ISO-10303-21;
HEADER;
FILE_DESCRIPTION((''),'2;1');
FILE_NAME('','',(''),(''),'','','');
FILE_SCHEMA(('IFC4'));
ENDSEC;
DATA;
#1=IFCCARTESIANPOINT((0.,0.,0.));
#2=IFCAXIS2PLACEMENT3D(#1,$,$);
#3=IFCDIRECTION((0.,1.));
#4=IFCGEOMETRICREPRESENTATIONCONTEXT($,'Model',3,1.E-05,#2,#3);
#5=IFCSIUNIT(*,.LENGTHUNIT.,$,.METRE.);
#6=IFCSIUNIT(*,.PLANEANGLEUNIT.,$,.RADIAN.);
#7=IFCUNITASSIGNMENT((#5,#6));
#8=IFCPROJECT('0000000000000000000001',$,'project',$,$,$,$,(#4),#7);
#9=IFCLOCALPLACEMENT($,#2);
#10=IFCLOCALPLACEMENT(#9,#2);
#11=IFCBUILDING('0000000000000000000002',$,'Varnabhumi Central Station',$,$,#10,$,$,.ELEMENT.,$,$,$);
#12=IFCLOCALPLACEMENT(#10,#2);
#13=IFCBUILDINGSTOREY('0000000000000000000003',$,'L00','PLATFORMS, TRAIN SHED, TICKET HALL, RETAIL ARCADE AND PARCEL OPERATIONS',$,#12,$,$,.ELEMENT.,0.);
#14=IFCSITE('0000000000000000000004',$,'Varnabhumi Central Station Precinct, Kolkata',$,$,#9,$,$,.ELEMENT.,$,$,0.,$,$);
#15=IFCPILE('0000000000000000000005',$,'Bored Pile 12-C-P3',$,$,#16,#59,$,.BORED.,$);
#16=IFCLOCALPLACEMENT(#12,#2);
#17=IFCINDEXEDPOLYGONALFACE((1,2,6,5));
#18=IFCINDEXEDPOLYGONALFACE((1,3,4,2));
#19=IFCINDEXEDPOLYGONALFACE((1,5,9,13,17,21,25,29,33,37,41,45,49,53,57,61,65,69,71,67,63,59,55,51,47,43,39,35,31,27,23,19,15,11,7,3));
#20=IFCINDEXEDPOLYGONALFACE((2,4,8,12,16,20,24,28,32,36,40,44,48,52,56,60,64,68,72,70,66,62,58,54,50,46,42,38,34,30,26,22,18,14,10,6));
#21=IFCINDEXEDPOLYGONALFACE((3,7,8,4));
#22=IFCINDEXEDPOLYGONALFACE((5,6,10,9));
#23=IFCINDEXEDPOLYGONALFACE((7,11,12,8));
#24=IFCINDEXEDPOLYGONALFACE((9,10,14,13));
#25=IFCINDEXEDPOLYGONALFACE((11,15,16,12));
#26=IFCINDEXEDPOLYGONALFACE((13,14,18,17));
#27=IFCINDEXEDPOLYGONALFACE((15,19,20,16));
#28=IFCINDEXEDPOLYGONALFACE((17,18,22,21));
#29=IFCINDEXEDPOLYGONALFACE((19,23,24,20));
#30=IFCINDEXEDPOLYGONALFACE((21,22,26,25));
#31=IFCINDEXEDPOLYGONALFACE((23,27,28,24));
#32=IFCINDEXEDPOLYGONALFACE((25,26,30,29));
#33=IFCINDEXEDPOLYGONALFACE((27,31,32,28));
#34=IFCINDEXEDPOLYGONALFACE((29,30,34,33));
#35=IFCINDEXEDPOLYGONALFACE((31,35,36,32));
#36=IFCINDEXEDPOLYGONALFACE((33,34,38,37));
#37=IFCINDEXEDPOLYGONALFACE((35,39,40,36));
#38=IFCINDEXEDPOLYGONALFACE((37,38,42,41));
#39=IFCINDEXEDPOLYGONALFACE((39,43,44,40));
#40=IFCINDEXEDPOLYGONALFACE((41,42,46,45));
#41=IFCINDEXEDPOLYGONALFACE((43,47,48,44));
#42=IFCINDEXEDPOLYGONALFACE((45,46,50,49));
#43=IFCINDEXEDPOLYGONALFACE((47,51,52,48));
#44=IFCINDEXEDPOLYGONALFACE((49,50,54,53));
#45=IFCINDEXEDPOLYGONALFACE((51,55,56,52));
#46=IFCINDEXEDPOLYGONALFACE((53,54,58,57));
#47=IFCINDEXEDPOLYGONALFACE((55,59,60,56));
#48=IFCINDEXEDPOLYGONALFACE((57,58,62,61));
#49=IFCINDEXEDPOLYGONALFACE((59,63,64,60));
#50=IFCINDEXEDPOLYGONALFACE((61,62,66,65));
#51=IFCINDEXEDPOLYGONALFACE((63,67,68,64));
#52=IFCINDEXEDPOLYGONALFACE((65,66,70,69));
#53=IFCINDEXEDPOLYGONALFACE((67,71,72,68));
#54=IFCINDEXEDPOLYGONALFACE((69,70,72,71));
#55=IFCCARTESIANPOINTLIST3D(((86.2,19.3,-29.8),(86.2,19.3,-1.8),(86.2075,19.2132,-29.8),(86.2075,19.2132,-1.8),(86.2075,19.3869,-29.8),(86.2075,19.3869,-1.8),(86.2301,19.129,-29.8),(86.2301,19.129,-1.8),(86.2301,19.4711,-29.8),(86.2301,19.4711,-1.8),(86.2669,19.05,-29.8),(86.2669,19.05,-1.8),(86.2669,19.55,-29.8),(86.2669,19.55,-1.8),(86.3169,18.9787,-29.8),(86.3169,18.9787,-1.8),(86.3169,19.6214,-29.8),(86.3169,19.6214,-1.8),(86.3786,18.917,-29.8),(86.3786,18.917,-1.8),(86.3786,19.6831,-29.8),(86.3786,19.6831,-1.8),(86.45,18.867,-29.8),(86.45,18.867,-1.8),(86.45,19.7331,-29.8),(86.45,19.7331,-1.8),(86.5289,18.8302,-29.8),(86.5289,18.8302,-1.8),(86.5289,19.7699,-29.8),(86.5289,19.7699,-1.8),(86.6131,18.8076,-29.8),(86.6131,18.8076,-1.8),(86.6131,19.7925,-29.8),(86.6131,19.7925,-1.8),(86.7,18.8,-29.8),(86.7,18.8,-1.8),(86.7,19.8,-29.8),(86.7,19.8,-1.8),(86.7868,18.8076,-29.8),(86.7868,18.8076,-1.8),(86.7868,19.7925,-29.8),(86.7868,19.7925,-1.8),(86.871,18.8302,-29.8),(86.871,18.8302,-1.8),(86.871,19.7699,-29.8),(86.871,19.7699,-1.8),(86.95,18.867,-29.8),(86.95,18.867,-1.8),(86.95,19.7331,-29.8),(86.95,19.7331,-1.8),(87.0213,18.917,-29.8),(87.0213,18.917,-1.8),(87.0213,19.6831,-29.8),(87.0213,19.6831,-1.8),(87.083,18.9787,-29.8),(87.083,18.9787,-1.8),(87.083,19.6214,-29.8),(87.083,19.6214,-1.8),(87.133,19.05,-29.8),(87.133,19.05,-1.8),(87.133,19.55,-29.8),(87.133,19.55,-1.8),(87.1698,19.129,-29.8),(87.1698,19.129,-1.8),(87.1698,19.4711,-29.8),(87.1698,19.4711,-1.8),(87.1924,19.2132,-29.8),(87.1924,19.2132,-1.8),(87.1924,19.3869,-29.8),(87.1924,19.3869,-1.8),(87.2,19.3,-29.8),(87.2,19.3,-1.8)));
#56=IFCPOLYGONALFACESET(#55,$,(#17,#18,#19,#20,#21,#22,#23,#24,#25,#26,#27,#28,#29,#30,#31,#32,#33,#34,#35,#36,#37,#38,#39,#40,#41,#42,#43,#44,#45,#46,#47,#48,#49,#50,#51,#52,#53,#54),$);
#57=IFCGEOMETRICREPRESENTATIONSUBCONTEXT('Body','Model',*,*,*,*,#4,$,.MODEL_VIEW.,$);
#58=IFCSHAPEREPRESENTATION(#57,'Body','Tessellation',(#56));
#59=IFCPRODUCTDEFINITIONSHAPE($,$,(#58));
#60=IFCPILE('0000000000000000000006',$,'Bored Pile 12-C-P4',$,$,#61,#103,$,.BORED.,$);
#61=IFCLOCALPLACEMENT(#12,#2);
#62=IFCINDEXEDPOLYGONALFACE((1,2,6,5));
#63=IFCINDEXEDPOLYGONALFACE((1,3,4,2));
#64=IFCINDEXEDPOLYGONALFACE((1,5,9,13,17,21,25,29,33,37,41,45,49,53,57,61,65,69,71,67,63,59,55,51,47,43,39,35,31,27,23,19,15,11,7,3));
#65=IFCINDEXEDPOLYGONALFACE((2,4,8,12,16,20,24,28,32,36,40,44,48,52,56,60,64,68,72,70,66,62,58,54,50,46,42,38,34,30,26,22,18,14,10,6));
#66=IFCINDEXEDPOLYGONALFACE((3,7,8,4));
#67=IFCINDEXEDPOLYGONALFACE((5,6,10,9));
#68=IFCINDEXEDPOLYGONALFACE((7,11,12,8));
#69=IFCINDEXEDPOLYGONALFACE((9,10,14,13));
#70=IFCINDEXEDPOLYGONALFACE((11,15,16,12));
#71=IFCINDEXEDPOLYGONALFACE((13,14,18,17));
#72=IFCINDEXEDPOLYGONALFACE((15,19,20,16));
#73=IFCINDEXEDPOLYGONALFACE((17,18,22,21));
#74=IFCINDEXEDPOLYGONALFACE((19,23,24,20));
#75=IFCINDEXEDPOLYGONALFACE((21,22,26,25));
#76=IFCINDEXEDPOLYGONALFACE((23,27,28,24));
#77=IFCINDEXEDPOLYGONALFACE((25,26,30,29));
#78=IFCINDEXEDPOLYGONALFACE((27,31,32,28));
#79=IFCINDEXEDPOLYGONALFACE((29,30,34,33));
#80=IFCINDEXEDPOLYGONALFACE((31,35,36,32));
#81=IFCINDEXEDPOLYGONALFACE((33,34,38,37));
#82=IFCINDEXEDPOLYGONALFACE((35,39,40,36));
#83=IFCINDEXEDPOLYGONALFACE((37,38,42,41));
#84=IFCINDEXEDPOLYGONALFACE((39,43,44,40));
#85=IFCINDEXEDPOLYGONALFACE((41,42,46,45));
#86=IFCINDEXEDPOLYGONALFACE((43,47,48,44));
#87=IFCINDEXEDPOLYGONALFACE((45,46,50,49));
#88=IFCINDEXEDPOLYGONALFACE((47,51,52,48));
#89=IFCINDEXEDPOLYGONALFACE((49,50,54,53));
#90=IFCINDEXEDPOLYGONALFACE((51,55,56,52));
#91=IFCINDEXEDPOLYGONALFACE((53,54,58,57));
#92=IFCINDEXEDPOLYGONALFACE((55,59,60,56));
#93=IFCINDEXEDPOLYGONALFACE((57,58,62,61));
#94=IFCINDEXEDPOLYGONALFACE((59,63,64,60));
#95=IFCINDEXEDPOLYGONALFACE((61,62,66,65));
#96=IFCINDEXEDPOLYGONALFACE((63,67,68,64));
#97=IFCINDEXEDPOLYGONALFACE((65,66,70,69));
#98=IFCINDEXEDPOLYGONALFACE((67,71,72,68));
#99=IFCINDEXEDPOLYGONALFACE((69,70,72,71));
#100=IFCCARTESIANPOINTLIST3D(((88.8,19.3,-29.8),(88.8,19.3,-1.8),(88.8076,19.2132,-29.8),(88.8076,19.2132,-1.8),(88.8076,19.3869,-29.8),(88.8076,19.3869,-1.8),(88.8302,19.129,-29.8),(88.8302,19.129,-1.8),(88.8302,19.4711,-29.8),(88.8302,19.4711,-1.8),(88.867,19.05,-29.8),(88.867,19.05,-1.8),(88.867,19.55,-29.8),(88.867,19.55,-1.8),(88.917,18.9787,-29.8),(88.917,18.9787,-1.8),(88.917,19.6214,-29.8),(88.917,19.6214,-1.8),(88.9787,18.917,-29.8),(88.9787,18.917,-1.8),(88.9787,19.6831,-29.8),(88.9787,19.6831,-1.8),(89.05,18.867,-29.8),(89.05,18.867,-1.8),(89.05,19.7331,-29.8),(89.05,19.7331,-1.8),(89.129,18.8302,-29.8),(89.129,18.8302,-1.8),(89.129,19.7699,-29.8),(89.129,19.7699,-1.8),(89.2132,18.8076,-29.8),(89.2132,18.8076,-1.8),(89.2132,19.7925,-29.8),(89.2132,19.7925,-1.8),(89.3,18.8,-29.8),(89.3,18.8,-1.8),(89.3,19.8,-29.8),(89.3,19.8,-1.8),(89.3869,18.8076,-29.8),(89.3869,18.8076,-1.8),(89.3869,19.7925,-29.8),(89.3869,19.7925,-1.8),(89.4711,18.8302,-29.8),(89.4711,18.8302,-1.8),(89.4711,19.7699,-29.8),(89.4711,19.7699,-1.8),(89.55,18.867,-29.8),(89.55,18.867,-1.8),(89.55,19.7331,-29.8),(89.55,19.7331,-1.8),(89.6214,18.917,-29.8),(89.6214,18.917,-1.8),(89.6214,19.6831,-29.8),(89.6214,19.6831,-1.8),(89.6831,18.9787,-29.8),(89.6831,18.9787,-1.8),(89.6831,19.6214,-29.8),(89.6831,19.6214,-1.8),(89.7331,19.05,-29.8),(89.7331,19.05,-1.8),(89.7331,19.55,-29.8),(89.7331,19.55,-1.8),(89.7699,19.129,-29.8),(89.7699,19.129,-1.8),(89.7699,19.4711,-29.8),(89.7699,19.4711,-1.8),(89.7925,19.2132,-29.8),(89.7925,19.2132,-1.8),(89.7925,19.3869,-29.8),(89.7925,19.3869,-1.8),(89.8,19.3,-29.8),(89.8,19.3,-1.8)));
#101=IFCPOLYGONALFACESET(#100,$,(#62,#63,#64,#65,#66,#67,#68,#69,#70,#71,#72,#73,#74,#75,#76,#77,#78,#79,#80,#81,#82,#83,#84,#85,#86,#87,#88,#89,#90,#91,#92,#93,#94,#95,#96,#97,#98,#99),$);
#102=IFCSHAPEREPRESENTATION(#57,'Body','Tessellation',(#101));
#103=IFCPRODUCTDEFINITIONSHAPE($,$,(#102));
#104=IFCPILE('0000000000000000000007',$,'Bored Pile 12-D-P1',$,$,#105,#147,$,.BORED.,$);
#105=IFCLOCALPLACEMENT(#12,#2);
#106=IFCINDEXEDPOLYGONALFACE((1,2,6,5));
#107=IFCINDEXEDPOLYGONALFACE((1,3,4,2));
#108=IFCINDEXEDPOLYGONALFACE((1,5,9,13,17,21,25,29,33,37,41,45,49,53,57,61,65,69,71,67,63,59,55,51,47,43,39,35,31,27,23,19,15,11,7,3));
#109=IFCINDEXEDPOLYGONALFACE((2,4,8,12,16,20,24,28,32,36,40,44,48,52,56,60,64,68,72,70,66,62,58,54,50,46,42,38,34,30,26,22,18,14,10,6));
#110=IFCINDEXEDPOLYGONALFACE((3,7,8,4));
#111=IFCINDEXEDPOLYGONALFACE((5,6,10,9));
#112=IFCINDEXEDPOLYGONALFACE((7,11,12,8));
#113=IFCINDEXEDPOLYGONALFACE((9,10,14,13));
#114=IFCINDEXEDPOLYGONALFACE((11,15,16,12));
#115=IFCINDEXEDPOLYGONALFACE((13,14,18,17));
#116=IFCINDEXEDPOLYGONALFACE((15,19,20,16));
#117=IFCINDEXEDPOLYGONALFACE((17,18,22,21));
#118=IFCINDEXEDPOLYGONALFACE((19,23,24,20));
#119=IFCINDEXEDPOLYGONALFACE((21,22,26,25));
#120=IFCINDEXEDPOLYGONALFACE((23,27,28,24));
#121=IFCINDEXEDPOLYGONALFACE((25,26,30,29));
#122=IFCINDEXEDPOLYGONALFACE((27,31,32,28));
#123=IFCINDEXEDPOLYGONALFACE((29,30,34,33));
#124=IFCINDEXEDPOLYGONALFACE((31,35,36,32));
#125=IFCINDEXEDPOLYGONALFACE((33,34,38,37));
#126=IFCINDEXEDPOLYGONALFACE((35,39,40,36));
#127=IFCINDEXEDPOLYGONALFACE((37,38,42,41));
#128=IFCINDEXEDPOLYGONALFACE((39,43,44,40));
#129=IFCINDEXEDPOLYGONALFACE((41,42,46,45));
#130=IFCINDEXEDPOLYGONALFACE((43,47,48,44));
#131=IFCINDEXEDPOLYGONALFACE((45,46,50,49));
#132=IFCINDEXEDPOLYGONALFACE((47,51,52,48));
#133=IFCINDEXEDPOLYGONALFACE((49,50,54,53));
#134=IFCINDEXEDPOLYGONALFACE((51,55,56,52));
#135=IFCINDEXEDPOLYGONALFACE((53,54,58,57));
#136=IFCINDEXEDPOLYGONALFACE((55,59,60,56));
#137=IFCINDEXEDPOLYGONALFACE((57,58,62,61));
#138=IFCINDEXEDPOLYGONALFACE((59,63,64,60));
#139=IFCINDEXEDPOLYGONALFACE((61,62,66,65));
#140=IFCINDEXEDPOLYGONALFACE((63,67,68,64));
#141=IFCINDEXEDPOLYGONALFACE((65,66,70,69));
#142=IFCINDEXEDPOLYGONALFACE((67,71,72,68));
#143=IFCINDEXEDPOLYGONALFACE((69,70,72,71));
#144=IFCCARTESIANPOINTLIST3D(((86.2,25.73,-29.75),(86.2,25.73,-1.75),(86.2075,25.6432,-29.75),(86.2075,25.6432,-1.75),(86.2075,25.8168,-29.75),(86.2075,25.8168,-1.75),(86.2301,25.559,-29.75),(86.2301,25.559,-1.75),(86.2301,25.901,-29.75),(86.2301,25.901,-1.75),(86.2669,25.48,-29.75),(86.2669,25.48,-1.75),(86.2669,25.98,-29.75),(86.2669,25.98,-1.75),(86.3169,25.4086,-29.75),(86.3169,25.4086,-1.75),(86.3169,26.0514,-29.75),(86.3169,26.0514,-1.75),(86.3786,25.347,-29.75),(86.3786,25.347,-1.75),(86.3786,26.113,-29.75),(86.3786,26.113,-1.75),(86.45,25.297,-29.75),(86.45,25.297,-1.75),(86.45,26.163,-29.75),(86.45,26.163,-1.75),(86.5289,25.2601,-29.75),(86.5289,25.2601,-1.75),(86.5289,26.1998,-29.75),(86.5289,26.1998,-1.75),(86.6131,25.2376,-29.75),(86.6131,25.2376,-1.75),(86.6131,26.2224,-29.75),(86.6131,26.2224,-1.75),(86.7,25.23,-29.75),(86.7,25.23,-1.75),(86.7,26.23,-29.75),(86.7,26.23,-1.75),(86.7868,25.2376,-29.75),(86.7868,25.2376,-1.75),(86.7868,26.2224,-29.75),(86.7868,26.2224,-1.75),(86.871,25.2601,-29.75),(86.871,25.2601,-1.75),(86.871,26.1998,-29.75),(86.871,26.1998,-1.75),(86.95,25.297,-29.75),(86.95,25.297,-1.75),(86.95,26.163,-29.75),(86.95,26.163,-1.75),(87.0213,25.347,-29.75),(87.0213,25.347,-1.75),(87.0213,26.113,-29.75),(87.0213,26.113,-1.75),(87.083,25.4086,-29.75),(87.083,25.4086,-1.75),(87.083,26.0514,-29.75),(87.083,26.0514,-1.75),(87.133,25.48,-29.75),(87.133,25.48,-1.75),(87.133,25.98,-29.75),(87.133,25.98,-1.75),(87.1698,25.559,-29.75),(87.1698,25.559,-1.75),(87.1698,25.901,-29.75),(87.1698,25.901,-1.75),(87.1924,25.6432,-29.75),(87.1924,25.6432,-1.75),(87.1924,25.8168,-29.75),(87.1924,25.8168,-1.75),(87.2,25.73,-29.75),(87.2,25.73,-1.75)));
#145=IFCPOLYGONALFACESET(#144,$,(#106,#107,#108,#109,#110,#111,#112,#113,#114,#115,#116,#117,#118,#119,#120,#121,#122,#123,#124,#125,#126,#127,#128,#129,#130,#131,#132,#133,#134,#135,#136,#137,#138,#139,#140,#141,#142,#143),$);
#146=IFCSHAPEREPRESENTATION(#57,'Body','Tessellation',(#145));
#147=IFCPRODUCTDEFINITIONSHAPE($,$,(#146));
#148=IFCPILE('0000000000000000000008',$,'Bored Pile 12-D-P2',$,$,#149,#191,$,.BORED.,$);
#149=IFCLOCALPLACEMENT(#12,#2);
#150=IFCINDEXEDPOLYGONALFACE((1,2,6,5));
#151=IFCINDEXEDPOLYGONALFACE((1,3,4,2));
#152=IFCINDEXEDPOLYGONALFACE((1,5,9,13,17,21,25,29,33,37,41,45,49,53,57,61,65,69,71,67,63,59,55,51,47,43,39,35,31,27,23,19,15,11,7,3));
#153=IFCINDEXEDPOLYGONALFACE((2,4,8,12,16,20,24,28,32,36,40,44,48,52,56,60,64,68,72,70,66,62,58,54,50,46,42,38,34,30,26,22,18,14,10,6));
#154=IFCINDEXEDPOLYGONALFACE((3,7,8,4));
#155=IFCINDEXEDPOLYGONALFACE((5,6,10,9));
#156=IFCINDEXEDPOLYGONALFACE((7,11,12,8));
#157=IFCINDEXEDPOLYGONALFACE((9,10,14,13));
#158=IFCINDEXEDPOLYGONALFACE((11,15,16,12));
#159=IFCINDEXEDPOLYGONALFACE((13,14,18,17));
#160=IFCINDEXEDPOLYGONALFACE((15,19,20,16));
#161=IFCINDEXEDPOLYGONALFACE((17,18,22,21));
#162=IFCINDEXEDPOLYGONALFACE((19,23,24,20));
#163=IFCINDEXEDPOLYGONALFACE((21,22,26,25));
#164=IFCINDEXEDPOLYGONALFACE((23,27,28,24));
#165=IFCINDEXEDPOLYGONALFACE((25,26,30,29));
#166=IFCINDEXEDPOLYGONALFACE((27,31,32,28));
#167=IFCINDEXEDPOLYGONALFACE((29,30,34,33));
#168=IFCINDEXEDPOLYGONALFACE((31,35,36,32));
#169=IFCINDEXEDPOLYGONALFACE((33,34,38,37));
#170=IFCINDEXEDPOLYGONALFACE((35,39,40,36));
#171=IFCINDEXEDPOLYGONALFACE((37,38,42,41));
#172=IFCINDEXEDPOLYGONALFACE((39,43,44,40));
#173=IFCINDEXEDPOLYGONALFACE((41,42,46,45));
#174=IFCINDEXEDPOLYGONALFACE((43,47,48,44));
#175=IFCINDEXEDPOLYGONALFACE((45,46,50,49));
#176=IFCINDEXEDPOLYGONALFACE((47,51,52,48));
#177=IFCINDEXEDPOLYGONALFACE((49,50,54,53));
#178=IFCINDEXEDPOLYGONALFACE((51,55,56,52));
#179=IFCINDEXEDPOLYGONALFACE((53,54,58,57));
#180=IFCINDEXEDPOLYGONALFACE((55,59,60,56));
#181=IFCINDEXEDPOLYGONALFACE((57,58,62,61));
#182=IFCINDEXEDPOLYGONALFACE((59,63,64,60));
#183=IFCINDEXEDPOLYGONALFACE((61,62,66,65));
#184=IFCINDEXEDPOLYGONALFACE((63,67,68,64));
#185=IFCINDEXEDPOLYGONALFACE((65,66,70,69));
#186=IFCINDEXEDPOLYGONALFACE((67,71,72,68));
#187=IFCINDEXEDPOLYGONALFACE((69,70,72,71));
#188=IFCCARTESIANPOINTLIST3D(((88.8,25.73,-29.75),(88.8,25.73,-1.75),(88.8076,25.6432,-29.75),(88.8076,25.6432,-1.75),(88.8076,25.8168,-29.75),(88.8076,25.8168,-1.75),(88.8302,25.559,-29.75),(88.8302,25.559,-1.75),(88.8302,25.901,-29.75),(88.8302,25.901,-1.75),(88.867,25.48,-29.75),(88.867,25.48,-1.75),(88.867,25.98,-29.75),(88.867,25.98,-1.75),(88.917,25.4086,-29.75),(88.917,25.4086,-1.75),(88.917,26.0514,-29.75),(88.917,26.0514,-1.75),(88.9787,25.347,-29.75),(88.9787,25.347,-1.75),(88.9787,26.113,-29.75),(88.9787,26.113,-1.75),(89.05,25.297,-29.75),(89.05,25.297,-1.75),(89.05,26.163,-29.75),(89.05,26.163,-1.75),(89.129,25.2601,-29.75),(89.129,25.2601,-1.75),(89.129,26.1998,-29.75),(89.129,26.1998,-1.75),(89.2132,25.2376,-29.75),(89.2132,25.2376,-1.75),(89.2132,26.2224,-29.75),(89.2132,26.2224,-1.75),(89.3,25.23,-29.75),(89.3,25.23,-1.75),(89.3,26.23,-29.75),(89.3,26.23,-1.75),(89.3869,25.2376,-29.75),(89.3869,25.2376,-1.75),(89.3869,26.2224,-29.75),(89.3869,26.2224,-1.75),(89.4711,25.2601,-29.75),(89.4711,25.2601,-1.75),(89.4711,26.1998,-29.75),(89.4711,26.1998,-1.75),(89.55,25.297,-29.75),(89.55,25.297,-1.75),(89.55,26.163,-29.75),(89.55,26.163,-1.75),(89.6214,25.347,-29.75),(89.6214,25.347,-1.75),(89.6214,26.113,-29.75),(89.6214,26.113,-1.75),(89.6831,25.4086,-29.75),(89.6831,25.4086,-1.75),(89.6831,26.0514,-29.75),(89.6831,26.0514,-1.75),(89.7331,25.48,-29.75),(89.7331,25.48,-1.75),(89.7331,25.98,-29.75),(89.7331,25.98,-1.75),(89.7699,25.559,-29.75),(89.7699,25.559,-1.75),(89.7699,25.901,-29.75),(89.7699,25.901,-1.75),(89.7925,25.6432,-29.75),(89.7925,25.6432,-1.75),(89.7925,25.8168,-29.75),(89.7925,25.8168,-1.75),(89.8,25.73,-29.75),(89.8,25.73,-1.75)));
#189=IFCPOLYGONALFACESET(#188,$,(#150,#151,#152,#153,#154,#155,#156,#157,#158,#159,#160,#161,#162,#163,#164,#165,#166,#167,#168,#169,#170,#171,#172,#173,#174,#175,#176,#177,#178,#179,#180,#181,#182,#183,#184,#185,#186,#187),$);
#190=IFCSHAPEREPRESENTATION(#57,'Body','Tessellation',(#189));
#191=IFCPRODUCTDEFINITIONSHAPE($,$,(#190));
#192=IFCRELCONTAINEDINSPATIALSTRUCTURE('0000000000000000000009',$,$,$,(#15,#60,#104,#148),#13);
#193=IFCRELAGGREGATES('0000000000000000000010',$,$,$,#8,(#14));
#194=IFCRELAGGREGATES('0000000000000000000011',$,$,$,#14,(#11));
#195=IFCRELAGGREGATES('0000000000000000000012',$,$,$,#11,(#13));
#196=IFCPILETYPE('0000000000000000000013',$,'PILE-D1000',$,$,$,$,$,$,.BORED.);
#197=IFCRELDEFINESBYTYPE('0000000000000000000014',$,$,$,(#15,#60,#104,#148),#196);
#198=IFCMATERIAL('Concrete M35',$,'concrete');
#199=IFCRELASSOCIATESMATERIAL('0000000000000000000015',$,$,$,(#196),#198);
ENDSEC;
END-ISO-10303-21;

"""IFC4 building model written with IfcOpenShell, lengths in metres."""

from ifc_helpers import new_model, si_unit, direction, frame, origin, origin_2d, place, context, subcontext, project, spatial, circle, extrude, material, material_profile, profile_set, type_object, element, save


model = new_model("IFC4")

# Units and contexts
model_context = context("Model", 3, precision=1e-05, world=origin(), true_north=direction((0.0, 1.0)))
body_context = subcontext(model_context, "Body", "Model", "MODEL_VIEW")
ifc_project = project(units=[si_unit("LENGTHUNIT", "METRE"), si_unit("PLANEANGLEUNIT", "RADIAN")], contexts=[model_context])

# Site, building, storey
site_placement = place(None, origin())
site = spatial("IfcSite", under=ifc_project, at=site_placement, Name="Varnabhumi Central Station Precinct, Kolkata", CompositionType="ELEMENT", RefElevation=0.0)
building_placement = place(site_placement, origin())
building = spatial("IfcBuilding", under=site, at=building_placement, Name="Varnabhumi Central Station", CompositionType="ELEMENT")
storey_placement = place(building_placement, origin())
storey = spatial("IfcBuildingStorey", under=building, at=storey_placement, Name="L00", Description="PLATFORMS, TRAIN SHED, TICKET HALL, RETAIL ARCADE AND PARCEL OPERATIONS", CompositionType="ELEMENT", Elevation=0.0)

# Piles
ifc_material_1 = material(Name="Concrete M35", Category="concrete")
ifc_material_profile_1 = material_profile(ifc_material_1, circle(Radius=0.5, at=origin_2d()), Name="Concrete M35", Category="concrete")
ifc_profile_set_1 = profile_set([ifc_material_profile_1], Name="Concrete M35")
pile_type = type_object("IfcPileType", Name="PILE-D1000", PredefinedType="BORED", material=ifc_profile_set_1)
for number, where, z_axis, x_axis, name in (
    (1, (86.7, 19.3, -1.8), (0.0, 0.0, -1.0), (1.0, 0.0, 0.0), "Bored Pile 12-C-P3"),
    (2, (89.3, 19.3, -1.8), (0.0, 0.0, -1.0), (1.0, 0.0, 0.0), "Bored Pile 12-C-P4"),
    (3, (86.7, 25.73, -1.75), (0.0, 0.0, -1.0), (1.0, 0.0, 0.0), "Bored Pile 12-D-P1"),
    (4, (89.3, 25.73, -1.75), (0.0, 0.0, -1.0), (1.0, 0.0, 0.0), "Bored Pile 12-D-P2"),
):
    element("IfcPile", number, at=place(storey_placement, frame(where, z_axis=z_axis, x_axis=x_axis)), inside=storey, type_object=pile_type, Name=name, PredefinedType="BORED", context=body_context, shape_type="SweptSolid", body=[
        extrude(circle(Radius=0.5, at=origin_2d()), origin(), (0.0, 0.0, 1.0), 28.0),
    ])

save(model, "model.ifc")
